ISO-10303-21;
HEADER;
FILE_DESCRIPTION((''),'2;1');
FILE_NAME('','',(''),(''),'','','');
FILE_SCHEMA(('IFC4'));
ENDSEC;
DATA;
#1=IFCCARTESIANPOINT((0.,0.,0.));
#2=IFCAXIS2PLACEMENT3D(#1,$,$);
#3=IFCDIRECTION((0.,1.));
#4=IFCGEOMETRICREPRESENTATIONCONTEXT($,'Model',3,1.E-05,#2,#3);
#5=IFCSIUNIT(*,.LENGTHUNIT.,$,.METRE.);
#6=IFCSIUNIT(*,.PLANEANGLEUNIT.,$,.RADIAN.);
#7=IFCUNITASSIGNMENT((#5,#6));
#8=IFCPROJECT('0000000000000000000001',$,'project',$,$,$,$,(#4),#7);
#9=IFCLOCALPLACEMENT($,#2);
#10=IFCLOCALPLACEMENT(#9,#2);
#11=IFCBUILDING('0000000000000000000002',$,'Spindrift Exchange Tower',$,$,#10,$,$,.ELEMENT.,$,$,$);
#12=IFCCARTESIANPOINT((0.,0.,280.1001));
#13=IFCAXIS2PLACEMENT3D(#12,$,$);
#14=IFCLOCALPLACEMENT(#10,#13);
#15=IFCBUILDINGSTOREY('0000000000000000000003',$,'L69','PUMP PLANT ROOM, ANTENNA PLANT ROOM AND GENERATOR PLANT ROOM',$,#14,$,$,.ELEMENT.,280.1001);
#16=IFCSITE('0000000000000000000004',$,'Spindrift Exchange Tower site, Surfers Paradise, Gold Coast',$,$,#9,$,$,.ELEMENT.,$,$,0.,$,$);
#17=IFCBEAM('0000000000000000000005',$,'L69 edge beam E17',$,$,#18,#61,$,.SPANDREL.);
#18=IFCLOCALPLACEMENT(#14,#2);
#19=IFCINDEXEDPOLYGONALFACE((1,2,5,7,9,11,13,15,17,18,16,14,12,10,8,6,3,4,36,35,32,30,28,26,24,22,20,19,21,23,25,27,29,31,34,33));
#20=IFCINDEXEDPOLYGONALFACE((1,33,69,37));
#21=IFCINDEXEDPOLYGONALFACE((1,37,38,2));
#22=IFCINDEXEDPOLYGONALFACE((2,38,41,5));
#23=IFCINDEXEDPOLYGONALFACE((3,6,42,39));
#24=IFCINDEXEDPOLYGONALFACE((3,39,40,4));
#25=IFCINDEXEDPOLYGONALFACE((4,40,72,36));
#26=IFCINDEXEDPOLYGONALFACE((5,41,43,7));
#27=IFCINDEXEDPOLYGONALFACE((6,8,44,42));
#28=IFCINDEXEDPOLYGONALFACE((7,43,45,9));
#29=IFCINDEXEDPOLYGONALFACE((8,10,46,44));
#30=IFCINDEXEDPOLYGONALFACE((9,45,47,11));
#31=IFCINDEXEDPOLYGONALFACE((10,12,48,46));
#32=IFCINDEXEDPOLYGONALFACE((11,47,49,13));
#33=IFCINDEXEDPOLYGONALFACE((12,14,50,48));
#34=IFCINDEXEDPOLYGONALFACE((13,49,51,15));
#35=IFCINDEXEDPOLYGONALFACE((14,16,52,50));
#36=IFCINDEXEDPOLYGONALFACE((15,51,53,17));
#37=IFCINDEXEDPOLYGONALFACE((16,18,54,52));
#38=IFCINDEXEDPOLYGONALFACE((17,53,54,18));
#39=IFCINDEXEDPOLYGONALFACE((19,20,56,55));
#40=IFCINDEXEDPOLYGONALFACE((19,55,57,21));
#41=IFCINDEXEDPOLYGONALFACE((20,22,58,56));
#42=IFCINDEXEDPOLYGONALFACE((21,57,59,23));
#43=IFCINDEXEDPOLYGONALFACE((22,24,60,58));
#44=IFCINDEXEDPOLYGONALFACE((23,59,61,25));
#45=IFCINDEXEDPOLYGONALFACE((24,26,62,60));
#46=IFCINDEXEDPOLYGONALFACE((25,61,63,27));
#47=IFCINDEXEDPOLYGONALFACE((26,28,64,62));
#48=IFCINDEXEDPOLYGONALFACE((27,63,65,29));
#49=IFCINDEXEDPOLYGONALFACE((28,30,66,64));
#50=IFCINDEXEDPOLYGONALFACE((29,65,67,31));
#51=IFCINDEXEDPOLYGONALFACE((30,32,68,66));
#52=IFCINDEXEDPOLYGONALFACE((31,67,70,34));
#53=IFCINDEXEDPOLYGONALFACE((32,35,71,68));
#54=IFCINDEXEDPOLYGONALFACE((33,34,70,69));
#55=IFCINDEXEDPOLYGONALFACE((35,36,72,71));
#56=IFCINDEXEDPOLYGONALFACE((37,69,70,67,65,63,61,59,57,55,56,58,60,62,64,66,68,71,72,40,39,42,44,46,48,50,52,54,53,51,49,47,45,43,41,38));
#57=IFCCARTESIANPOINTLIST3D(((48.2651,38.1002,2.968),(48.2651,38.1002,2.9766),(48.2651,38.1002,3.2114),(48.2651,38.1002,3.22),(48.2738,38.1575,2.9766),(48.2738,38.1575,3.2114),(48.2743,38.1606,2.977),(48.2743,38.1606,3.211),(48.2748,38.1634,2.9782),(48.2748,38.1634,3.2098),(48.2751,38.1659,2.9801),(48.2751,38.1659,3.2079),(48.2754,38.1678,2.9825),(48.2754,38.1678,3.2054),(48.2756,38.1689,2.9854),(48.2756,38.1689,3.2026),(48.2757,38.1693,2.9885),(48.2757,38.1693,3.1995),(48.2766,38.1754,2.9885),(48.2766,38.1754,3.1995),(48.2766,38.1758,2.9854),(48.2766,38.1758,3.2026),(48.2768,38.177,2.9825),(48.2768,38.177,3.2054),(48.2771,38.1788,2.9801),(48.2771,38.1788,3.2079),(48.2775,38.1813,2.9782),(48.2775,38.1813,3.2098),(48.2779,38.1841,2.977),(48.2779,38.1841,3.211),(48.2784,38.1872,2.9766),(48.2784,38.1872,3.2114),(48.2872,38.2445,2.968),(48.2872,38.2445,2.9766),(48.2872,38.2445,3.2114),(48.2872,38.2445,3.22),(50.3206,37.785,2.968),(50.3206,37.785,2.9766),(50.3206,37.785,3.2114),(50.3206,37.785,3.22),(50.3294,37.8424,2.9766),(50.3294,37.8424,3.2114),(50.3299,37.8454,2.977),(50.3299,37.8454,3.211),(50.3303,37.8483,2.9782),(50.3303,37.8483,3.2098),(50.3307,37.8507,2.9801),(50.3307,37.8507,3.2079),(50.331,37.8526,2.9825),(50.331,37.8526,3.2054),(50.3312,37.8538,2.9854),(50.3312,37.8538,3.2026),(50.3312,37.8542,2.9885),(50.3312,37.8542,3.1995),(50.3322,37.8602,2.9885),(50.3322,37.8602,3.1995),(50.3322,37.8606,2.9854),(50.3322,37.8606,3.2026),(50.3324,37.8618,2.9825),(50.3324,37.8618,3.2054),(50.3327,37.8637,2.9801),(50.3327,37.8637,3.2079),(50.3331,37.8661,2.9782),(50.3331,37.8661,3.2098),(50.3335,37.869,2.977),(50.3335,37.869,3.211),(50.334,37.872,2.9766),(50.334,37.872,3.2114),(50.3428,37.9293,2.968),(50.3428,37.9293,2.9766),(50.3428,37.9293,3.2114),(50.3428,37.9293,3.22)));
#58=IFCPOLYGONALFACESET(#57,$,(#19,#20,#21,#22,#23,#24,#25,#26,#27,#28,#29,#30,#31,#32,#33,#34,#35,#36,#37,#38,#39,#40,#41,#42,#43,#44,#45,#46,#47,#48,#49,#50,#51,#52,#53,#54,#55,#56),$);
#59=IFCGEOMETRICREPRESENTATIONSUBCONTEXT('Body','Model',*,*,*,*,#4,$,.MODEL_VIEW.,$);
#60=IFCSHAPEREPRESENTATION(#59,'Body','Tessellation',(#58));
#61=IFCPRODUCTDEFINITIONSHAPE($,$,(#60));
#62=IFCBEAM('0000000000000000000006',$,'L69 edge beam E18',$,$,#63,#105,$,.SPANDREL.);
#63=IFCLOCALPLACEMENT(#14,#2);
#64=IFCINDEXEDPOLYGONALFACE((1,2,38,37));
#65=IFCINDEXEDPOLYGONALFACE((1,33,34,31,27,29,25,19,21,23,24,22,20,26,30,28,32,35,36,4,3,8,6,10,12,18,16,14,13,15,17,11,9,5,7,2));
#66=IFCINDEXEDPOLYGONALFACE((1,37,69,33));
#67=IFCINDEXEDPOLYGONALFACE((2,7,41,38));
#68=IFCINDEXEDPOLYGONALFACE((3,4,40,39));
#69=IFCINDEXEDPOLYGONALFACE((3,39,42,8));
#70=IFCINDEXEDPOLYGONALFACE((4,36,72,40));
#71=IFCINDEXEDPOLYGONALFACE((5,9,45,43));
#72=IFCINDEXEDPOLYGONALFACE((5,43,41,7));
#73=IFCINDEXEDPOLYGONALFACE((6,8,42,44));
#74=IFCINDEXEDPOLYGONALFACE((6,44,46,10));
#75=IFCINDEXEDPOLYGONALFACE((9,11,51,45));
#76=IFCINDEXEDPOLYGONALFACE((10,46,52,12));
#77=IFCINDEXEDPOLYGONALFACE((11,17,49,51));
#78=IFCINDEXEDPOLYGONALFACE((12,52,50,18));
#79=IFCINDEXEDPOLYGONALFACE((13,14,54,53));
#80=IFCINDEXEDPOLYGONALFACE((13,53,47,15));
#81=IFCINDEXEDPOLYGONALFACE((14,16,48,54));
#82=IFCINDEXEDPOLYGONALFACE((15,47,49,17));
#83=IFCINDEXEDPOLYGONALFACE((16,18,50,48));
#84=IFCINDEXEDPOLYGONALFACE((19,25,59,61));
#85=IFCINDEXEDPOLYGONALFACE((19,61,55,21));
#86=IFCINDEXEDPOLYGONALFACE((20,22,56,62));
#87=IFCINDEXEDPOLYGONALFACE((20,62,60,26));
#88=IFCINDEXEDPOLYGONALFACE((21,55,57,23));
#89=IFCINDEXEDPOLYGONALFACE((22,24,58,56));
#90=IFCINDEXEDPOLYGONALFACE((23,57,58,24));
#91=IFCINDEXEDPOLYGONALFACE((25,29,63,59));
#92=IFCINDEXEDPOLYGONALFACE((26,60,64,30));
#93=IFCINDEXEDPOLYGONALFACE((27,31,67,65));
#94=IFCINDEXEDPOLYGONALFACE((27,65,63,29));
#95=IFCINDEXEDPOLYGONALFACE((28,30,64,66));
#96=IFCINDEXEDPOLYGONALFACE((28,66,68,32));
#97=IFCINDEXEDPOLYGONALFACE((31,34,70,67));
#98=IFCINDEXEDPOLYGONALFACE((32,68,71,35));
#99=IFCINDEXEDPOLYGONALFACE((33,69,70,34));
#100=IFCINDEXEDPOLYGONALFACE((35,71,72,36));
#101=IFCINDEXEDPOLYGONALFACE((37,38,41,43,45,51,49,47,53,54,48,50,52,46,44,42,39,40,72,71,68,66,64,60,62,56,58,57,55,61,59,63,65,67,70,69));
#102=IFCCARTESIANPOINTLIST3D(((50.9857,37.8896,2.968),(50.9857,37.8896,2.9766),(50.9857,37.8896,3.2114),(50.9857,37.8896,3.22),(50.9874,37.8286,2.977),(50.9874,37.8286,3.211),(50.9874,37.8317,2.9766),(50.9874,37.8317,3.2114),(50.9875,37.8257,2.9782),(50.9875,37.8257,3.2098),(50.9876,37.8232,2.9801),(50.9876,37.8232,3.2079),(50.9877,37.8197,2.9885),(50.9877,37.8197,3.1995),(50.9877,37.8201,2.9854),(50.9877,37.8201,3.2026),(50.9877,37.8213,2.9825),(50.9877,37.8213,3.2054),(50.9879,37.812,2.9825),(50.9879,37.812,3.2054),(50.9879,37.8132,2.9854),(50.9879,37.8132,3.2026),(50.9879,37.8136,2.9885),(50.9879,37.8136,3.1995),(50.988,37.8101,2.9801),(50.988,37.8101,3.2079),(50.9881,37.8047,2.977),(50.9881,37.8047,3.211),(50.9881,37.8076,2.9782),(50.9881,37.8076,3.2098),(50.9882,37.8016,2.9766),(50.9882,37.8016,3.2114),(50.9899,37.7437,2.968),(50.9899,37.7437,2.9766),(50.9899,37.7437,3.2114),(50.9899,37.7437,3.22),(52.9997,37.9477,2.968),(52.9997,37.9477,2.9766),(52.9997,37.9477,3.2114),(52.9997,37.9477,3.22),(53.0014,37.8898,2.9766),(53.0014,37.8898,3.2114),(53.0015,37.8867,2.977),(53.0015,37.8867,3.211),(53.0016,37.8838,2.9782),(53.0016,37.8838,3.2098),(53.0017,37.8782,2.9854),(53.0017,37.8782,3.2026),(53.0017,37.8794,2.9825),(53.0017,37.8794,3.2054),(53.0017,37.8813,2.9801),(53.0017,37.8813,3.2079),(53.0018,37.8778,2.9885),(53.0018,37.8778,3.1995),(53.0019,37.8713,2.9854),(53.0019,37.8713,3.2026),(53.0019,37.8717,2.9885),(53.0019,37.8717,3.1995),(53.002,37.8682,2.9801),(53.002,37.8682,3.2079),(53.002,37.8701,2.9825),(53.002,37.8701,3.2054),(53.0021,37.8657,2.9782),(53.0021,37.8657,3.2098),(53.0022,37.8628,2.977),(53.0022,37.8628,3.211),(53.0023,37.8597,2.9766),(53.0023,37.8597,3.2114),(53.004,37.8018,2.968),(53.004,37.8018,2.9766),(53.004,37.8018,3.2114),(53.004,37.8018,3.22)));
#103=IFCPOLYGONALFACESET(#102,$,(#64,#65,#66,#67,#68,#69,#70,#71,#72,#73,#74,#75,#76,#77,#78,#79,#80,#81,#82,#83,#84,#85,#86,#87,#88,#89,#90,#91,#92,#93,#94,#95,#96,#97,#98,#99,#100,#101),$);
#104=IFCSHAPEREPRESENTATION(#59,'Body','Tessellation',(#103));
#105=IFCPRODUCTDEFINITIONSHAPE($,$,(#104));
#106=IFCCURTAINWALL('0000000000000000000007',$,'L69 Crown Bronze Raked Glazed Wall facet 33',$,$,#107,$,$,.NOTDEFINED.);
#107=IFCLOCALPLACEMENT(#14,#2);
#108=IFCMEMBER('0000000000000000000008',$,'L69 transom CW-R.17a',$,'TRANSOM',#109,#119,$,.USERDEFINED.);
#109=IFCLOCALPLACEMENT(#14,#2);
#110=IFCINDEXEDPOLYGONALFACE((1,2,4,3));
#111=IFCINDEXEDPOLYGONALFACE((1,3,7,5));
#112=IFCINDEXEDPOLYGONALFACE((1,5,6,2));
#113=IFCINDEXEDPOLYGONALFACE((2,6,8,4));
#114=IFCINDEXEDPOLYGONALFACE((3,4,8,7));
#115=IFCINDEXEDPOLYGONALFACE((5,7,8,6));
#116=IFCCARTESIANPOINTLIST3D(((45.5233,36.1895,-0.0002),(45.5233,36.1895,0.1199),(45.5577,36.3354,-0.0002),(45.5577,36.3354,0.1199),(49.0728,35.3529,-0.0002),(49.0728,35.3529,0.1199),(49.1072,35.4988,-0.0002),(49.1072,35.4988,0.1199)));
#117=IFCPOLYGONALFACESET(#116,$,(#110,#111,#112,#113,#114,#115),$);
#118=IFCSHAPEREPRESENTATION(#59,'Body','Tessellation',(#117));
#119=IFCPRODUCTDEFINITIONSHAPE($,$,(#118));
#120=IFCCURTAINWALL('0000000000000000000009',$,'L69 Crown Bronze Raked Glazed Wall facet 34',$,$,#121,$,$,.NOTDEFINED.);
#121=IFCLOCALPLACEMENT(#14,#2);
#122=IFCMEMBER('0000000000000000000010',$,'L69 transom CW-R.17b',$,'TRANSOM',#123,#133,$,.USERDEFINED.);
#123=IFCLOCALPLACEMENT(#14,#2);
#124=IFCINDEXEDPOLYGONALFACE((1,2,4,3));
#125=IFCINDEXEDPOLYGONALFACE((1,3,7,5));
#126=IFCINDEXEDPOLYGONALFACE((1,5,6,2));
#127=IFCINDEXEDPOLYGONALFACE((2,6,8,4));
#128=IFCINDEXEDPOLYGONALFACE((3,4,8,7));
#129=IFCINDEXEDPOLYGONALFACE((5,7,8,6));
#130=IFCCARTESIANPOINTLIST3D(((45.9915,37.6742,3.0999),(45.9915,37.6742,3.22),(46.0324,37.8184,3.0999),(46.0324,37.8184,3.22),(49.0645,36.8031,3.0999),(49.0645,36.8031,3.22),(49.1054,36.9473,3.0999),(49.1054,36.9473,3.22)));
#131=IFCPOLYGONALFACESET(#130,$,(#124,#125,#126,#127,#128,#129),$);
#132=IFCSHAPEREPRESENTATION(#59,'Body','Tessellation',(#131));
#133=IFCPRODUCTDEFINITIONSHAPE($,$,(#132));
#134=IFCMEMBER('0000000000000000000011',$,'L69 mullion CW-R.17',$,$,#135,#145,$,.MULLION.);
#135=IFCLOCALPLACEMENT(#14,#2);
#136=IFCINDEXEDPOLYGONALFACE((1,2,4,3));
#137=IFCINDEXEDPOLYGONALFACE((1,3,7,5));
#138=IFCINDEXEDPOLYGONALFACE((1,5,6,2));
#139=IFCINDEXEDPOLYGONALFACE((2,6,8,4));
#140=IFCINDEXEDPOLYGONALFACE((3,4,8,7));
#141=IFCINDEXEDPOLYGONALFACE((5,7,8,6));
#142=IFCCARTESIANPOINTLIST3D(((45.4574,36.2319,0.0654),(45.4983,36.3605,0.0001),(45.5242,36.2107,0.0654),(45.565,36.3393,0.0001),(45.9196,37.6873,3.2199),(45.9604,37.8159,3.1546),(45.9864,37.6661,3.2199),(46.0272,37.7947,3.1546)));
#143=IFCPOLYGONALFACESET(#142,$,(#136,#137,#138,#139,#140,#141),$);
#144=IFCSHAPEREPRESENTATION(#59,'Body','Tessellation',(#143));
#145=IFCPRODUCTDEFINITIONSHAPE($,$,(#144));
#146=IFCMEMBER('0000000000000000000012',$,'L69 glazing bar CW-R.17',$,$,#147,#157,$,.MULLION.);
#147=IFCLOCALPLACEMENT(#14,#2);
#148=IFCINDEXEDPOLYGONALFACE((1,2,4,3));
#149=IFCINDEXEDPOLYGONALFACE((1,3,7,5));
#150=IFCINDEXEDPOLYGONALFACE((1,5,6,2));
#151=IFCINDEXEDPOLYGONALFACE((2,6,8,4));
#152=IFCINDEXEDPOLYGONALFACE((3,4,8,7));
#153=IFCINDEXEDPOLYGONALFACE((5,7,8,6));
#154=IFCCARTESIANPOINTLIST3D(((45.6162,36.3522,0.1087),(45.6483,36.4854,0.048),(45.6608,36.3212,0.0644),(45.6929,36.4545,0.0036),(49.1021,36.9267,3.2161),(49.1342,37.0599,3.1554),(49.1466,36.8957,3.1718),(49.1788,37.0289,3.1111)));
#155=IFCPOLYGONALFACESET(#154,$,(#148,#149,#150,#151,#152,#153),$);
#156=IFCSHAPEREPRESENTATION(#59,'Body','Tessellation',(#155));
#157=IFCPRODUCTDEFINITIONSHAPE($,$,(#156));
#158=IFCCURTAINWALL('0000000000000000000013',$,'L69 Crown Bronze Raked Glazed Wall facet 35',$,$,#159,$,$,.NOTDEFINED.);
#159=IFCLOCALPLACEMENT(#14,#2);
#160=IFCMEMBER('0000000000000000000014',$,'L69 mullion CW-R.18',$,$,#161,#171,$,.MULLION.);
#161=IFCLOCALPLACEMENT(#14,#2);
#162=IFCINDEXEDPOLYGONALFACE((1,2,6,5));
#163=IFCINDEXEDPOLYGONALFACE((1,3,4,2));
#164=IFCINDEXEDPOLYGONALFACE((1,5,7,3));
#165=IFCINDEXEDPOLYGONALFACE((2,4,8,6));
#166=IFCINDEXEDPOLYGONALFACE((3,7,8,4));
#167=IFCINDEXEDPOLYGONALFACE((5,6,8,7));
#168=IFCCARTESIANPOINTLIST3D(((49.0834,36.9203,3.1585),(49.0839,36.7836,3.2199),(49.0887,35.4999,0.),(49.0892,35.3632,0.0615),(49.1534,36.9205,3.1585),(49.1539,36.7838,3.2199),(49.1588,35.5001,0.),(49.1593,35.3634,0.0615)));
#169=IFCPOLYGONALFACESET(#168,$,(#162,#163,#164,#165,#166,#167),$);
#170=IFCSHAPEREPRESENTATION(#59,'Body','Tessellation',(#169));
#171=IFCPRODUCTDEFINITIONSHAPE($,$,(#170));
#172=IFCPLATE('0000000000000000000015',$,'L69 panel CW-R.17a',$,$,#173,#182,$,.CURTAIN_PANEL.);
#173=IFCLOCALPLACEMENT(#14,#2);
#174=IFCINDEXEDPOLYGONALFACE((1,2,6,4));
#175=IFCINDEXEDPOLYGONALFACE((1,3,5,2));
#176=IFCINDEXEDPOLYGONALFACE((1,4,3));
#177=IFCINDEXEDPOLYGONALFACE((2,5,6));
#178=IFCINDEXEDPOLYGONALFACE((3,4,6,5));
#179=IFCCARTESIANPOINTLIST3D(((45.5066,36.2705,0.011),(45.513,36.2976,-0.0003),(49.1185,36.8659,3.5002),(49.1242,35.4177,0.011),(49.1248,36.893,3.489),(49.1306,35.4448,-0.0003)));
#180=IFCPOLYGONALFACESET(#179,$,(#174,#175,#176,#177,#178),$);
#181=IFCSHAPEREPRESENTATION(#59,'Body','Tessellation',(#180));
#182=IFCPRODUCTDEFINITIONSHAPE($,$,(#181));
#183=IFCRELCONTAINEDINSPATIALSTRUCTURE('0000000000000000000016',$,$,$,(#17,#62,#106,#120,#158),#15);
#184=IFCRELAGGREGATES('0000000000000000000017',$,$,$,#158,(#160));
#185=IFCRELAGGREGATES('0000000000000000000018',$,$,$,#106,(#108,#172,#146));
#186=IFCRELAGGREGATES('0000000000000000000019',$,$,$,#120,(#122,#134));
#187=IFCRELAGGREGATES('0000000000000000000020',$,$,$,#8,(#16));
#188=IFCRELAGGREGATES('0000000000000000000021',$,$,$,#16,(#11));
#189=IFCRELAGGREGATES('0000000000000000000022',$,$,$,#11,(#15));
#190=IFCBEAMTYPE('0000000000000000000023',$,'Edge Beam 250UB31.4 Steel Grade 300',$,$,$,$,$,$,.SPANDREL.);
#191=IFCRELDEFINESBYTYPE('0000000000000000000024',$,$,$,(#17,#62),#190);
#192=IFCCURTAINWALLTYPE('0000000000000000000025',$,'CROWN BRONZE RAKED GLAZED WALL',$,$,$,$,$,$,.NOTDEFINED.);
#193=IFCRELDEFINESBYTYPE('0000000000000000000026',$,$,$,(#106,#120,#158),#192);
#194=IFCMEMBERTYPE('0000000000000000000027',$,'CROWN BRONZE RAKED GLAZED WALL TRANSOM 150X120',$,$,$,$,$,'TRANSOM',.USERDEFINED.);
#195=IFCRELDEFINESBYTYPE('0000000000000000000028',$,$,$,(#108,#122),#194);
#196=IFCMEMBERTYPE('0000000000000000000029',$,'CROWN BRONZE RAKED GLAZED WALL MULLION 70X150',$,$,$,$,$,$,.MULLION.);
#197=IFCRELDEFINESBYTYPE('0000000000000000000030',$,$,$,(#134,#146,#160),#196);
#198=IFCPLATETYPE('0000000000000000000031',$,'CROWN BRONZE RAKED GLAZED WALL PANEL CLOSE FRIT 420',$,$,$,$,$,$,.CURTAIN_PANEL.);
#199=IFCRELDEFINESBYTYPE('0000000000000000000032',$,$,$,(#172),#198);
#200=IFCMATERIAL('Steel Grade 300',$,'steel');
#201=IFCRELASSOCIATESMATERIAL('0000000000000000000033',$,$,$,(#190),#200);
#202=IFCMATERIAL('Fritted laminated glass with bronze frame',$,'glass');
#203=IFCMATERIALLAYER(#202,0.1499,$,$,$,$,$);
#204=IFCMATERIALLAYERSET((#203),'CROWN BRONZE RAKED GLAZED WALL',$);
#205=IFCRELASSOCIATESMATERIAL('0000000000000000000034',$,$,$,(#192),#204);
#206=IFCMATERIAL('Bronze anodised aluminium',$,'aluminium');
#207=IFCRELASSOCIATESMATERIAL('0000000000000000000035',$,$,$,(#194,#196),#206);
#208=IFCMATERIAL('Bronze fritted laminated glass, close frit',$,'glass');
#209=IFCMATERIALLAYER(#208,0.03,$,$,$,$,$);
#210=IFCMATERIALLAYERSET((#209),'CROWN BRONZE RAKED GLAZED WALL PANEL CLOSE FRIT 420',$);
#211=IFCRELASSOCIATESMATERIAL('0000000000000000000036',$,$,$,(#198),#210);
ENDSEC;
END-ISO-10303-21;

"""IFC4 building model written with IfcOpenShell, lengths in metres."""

from ifc_helpers import new_model, si_unit, direction, frame, origin, origin_2d, place, context, subcontext, project, spatial, line, indexed_curve, rectangle, i_section, outline, extrude, source, transform, mapped, material, layer, layer_set, material_profile, profile_set, type_object, element, aggregate, save


model = new_model("IFC4")

# Units and contexts
model_context = context("Model", 3, precision=1e-05, world=origin(), true_north=direction((0.0, 1.0)))
body_context = subcontext(model_context, "Body", "Model", "MODEL_VIEW")
ifc_project = project(units=[si_unit("LENGTHUNIT", "METRE"), si_unit("PLANEANGLEUNIT", "RADIAN")], contexts=[model_context])

# Site, building, storey
site_placement = place(None, origin())
site = spatial("IfcSite", under=ifc_project, at=site_placement, Name="Spindrift Exchange Tower site, Surfers Paradise, Gold Coast", CompositionType="ELEMENT", RefElevation=0.0)
building_placement = place(site_placement, origin())
building = spatial("IfcBuilding", under=site, at=building_placement, Name="Spindrift Exchange Tower", CompositionType="ELEMENT")
storey_placement = place(building_placement, frame((0.0, 0.0, 280.1001)))
storey = spatial("IfcBuildingStorey", under=building, at=storey_placement, Name="L69", Description="PUMP PLANT ROOM, ANTENNA PLANT ROOM AND GENERATOR PLANT ROOM", CompositionType="ELEMENT", Elevation=280.1001)

# Beams
ifc_material_1 = material(Name="Steel Grade 300", Category="steel")
ifc_material_profile_1 = material_profile(ifc_material_1, i_section(OverallWidth=0.146, OverallDepth=0.252, WebThickness=0.0061, FlangeThickness=0.0085, FilletRadius=0.012, at=origin_2d()), Name="250UB31.4")
ifc_profile_set_1 = profile_set([ifc_material_profile_1], Name="Steel Grade 300")
beam_type = type_object("IfcBeamType", Name="Edge Beam 250UB31.4 Steel Grade 300", PredefinedType="SPANDREL", material=ifc_profile_set_1)
shared_shape_1 = source(origin(), body_context, "Body", "SweptSolid", [
    extrude(i_section(OverallWidth=0.146, OverallDepth=0.252, WebThickness=0.0061, FlangeThickness=0.0085, FilletRadius=0.012, at=origin_2d()), origin(), (0.0, 0.0, 1.0), 2.0796),
])
beam_1_placement = place(storey_placement, frame((48.2761, 38.1724, 3.094), z_axis=(0.988449, -0.151554, 0.0), x_axis=(0.151554, 0.988449, 0.0)))
element("IfcBeam", 1, at=beam_1_placement, inside=storey, type_object=beam_type, Name="L69 edge beam E17", PredefinedType="SPANDREL", context=body_context, shape_type="MappedRepresentation", body=[
    mapped(shared_shape_1, transform((0.0, 0.0, 0.0), scale=1.0)),
])
shared_shape_2 = source(origin(), body_context, "Body", "SweptSolid", [
    extrude(i_section(OverallWidth=0.146, OverallDepth=0.252, WebThickness=0.0061, FlangeThickness=0.0085, FilletRadius=0.012, at=origin_2d()), origin(), (0.0, 0.0, 1.0), 2.0149),
])
beam_2_placement = place(storey_placement, frame((50.9878, 37.8167, 3.094), z_axis=(0.999584, 0.028836, 0.0), x_axis=(-0.028836, 0.999584, 0.0)))
element("IfcBeam", 2, at=beam_2_placement, inside=storey, type_object=beam_type, Name="L69 edge beam E18", PredefinedType="SPANDREL", context=body_context, shape_type="MappedRepresentation", body=[
    mapped(shared_shape_2, transform((0.0, 0.0, 0.0), scale=1.0)),
])

# Curtain wall, member
ifc_material_2 = material(Name="Fritted laminated glass with bronze frame", Category="glass")
ifc_layer_1 = layer(ifc_material_2, 0.1499)
ifc_layer_set_1 = layer_set([ifc_layer_1], Name="CROWN BRONZE RAKED GLAZED WALL")
curtain_wall_type = type_object("IfcCurtainWallType", Name="CROWN BRONZE RAKED GLAZED WALL", PredefinedType="NOTDEFINED", material=ifc_layer_set_1)
curtain_wall_1_placement = place(storey_placement, origin())
curtain_wall_1 = element("IfcCurtainWall", 3, at=curtain_wall_1_placement, inside=storey, type_object=curtain_wall_type, Name="L69 Crown Bronze Raked Glazed Wall facet 33", PredefinedType="NOTDEFINED")
ifc_material_3 = material(Name="Bronze anodised aluminium", Category="aluminium")
ifc_material_profile_2 = material_profile(ifc_material_3, rectangle(XDim=0.1499, YDim=0.1201, at=origin_2d()), Name="CROWN BRONZE RAKED GLAZED WALL TRANSOM 150X120")
ifc_profile_set_2 = profile_set([ifc_material_profile_2], Name="Bronze anodised aluminium")
member_type_1 = type_object("IfcMemberType", Name="CROWN BRONZE RAKED GLAZED WALL TRANSOM 150X120", ElementType="TRANSOM", PredefinedType="USERDEFINED", material=ifc_profile_set_2)
shared_shape_3 = source(origin(), body_context, "Body", "SweptSolid", [
    extrude(rectangle(XDim=0.1499, YDim=0.1201, at=origin_2d()), origin(), (0.0, 0.0, 1.0), 3.6467),
])
member_1_placement = place(storey_placement, frame((45.5405, 36.2625, 0.0598), z_axis=(0.973327, -0.229424, 0.0), x_axis=(0.229424, 0.973327, 0.0)))
member_1 = element("IfcMember", 4, at=member_1_placement, type_object=member_type_1, Name="L69 transom CW-R.17a", ObjectType="TRANSOM", PredefinedType="USERDEFINED", context=body_context, shape_type="MappedRepresentation", body=[
    mapped(shared_shape_3, transform((0.0, 0.0, 0.0), scale=1.0)),
])

# Curtain wall, members
curtain_wall_2_placement = place(storey_placement, origin())
curtain_wall_2 = element("IfcCurtainWall", 5, at=curtain_wall_2_placement, inside=storey, type_object=curtain_wall_type, Name="L69 Crown Bronze Raked Glazed Wall facet 34", PredefinedType="NOTDEFINED")
shared_shape_4 = source(origin(), body_context, "Body", "SweptSolid", [
    extrude(rectangle(XDim=0.1499, YDim=0.1201, at=origin_2d()), origin(), (0.0, 0.0, 1.0), 3.1941),
])
member_2_placement = place(storey_placement, frame((46.012, 37.7463, 3.1599), z_axis=(0.962093, -0.272722, 0.0), x_axis=(0.272722, 0.962093, 0.0)))
member_2 = element("IfcMember", 6, at=member_2_placement, type_object=member_type_1, Name="L69 transom CW-R.17b", ObjectType="TRANSOM", PredefinedType="USERDEFINED", context=body_context, shape_type="MappedRepresentation", body=[
    mapped(shared_shape_4, transform((0.0, 0.0, 0.0), scale=1.0)),
])
ifc_material_profile_3 = material_profile(ifc_material_3, rectangle(XDim=0.0701, YDim=0.1499, at=origin_2d()), Name="CROWN BRONZE RAKED GLAZED WALL MULLION 70X150")
ifc_profile_set_3 = profile_set([ifc_material_profile_3], Name="Bronze anodised aluminium")
member_type_2 = type_object("IfcMemberType", Name="CROWN BRONZE RAKED GLAZED WALL MULLION 70X150", PredefinedType="MULLION", material=ifc_profile_set_3)
shared_shape_5 = source(origin(), body_context, "Body", "SweptSolid", [
    extrude(rectangle(XDim=0.0701, YDim=0.1499, at=origin_2d()), origin(), (0.0, 0.0, 1.0), 3.5046),
])
member_3_placement = place(storey_placement, frame((45.5112, 36.2856, 0.0327), z_axis=(0.131869, 0.415253, 0.900098), x_axis=(-0.953096, 0.302669, 0.0)))
member_3 = element("IfcMember", 7, at=member_3_placement, type_object=member_type_2, Name="L69 mullion CW-R.17", PredefinedType="MULLION", context=body_context, shape_type="MappedRepresentation", body=[
    mapped(shared_shape_5, transform((0.0, 0.0, 0.0), scale=1.0)),
])

# Member
shared_shape_6 = source(origin(), body_context, "Body", "SweptSolid", [
    extrude(rectangle(XDim=0.0701, YDim=0.1499, at=origin_2d()), origin(), (0.0, 0.0, 1.0), 4.7051),
])
member_4_placement = place(storey_placement, frame((45.6545, 36.4033, 0.0562), z_axis=(0.740878, 0.122096, 0.660449), x_axis=(-0.636452, 0.441738, 0.632295)))
member_4 = element("IfcMember", 8, at=member_4_placement, type_object=member_type_2, Name="L69 glazing bar CW-R.17", PredefinedType="MULLION", context=body_context, shape_type="MappedRepresentation", body=[
    mapped(shared_shape_6, transform((0.0, 0.0, 0.0), scale=1.0)),
])

# Curtain wall, member
curtain_wall_3_placement = place(storey_placement, origin())
curtain_wall_3 = element("IfcCurtainWall", 9, at=curtain_wall_3_placement, inside=storey, type_object=curtain_wall_type, Name="L69 Crown Bronze Raked Glazed Wall facet 35", PredefinedType="NOTDEFINED")
shared_shape_7 = source(origin(), body_context, "Body", "SweptSolid", [
    extrude(rectangle(XDim=0.0701, YDim=0.1499, at=origin_2d()), origin(), (0.0, 0.0, 1.0), 3.4631),
])
member_5_placement = place(storey_placement, frame((49.124, 35.4316, 0.0308), z_axis=(-0.001551, 0.41015, 0.912017), x_axis=(-0.999993, -0.003781, 0.0)))
member_5 = element("IfcMember", 10, at=member_5_placement, type_object=member_type_2, Name="L69 mullion CW-R.18", PredefinedType="MULLION", context=body_context, shape_type="MappedRepresentation", body=[
    mapped(shared_shape_7, transform((0.0, 0.0, 0.0), scale=1.0)),
])
aggregate(curtain_wall_3, [member_5])

# Plate
ifc_material_4 = material(Name="Bronze fritted laminated glass, close frit", Category="glass")
ifc_layer_2 = layer(ifc_material_4, 0.03)
ifc_layer_set_2 = layer_set([ifc_layer_2], Name="CROWN BRONZE RAKED GLAZED WALL PANEL CLOSE FRIT 420")
plate_type = type_object("IfcPlateType", Name="CROWN BRONZE RAKED GLAZED WALL PANEL CLOSE FRIT 420", PredefinedType="CURTAIN_PANEL", material=ifc_layer_set_2)
plate_1_placement = place(storey_placement, frame((45.5066, 36.2705, 0.011), z_axis=(-0.212765, -0.902591, 0.374248), x_axis=(0.973323, -0.229438, 0.0)))
plate_1 = element("IfcPlate", 11, at=plate_1_placement, type_object=plate_type, Name="L69 panel CW-R.17a", PredefinedType="CURTAIN_PANEL", context=body_context, shape_type="SweptSolid", body=[
    extrude(outline(indexed_curve([(0.0, 0.0), (3.7168, 0.0), (3.3789, 3.7627)], segments=[line(1, 2, 3, 1)], self_intersect=False)), origin(), (0.0, 0.0, -1.0), 0.03),
])
aggregate(curtain_wall_1, [member_1, plate_1, member_4])
aggregate(curtain_wall_2, [member_2, member_3])

save(model, "model.ifc")
